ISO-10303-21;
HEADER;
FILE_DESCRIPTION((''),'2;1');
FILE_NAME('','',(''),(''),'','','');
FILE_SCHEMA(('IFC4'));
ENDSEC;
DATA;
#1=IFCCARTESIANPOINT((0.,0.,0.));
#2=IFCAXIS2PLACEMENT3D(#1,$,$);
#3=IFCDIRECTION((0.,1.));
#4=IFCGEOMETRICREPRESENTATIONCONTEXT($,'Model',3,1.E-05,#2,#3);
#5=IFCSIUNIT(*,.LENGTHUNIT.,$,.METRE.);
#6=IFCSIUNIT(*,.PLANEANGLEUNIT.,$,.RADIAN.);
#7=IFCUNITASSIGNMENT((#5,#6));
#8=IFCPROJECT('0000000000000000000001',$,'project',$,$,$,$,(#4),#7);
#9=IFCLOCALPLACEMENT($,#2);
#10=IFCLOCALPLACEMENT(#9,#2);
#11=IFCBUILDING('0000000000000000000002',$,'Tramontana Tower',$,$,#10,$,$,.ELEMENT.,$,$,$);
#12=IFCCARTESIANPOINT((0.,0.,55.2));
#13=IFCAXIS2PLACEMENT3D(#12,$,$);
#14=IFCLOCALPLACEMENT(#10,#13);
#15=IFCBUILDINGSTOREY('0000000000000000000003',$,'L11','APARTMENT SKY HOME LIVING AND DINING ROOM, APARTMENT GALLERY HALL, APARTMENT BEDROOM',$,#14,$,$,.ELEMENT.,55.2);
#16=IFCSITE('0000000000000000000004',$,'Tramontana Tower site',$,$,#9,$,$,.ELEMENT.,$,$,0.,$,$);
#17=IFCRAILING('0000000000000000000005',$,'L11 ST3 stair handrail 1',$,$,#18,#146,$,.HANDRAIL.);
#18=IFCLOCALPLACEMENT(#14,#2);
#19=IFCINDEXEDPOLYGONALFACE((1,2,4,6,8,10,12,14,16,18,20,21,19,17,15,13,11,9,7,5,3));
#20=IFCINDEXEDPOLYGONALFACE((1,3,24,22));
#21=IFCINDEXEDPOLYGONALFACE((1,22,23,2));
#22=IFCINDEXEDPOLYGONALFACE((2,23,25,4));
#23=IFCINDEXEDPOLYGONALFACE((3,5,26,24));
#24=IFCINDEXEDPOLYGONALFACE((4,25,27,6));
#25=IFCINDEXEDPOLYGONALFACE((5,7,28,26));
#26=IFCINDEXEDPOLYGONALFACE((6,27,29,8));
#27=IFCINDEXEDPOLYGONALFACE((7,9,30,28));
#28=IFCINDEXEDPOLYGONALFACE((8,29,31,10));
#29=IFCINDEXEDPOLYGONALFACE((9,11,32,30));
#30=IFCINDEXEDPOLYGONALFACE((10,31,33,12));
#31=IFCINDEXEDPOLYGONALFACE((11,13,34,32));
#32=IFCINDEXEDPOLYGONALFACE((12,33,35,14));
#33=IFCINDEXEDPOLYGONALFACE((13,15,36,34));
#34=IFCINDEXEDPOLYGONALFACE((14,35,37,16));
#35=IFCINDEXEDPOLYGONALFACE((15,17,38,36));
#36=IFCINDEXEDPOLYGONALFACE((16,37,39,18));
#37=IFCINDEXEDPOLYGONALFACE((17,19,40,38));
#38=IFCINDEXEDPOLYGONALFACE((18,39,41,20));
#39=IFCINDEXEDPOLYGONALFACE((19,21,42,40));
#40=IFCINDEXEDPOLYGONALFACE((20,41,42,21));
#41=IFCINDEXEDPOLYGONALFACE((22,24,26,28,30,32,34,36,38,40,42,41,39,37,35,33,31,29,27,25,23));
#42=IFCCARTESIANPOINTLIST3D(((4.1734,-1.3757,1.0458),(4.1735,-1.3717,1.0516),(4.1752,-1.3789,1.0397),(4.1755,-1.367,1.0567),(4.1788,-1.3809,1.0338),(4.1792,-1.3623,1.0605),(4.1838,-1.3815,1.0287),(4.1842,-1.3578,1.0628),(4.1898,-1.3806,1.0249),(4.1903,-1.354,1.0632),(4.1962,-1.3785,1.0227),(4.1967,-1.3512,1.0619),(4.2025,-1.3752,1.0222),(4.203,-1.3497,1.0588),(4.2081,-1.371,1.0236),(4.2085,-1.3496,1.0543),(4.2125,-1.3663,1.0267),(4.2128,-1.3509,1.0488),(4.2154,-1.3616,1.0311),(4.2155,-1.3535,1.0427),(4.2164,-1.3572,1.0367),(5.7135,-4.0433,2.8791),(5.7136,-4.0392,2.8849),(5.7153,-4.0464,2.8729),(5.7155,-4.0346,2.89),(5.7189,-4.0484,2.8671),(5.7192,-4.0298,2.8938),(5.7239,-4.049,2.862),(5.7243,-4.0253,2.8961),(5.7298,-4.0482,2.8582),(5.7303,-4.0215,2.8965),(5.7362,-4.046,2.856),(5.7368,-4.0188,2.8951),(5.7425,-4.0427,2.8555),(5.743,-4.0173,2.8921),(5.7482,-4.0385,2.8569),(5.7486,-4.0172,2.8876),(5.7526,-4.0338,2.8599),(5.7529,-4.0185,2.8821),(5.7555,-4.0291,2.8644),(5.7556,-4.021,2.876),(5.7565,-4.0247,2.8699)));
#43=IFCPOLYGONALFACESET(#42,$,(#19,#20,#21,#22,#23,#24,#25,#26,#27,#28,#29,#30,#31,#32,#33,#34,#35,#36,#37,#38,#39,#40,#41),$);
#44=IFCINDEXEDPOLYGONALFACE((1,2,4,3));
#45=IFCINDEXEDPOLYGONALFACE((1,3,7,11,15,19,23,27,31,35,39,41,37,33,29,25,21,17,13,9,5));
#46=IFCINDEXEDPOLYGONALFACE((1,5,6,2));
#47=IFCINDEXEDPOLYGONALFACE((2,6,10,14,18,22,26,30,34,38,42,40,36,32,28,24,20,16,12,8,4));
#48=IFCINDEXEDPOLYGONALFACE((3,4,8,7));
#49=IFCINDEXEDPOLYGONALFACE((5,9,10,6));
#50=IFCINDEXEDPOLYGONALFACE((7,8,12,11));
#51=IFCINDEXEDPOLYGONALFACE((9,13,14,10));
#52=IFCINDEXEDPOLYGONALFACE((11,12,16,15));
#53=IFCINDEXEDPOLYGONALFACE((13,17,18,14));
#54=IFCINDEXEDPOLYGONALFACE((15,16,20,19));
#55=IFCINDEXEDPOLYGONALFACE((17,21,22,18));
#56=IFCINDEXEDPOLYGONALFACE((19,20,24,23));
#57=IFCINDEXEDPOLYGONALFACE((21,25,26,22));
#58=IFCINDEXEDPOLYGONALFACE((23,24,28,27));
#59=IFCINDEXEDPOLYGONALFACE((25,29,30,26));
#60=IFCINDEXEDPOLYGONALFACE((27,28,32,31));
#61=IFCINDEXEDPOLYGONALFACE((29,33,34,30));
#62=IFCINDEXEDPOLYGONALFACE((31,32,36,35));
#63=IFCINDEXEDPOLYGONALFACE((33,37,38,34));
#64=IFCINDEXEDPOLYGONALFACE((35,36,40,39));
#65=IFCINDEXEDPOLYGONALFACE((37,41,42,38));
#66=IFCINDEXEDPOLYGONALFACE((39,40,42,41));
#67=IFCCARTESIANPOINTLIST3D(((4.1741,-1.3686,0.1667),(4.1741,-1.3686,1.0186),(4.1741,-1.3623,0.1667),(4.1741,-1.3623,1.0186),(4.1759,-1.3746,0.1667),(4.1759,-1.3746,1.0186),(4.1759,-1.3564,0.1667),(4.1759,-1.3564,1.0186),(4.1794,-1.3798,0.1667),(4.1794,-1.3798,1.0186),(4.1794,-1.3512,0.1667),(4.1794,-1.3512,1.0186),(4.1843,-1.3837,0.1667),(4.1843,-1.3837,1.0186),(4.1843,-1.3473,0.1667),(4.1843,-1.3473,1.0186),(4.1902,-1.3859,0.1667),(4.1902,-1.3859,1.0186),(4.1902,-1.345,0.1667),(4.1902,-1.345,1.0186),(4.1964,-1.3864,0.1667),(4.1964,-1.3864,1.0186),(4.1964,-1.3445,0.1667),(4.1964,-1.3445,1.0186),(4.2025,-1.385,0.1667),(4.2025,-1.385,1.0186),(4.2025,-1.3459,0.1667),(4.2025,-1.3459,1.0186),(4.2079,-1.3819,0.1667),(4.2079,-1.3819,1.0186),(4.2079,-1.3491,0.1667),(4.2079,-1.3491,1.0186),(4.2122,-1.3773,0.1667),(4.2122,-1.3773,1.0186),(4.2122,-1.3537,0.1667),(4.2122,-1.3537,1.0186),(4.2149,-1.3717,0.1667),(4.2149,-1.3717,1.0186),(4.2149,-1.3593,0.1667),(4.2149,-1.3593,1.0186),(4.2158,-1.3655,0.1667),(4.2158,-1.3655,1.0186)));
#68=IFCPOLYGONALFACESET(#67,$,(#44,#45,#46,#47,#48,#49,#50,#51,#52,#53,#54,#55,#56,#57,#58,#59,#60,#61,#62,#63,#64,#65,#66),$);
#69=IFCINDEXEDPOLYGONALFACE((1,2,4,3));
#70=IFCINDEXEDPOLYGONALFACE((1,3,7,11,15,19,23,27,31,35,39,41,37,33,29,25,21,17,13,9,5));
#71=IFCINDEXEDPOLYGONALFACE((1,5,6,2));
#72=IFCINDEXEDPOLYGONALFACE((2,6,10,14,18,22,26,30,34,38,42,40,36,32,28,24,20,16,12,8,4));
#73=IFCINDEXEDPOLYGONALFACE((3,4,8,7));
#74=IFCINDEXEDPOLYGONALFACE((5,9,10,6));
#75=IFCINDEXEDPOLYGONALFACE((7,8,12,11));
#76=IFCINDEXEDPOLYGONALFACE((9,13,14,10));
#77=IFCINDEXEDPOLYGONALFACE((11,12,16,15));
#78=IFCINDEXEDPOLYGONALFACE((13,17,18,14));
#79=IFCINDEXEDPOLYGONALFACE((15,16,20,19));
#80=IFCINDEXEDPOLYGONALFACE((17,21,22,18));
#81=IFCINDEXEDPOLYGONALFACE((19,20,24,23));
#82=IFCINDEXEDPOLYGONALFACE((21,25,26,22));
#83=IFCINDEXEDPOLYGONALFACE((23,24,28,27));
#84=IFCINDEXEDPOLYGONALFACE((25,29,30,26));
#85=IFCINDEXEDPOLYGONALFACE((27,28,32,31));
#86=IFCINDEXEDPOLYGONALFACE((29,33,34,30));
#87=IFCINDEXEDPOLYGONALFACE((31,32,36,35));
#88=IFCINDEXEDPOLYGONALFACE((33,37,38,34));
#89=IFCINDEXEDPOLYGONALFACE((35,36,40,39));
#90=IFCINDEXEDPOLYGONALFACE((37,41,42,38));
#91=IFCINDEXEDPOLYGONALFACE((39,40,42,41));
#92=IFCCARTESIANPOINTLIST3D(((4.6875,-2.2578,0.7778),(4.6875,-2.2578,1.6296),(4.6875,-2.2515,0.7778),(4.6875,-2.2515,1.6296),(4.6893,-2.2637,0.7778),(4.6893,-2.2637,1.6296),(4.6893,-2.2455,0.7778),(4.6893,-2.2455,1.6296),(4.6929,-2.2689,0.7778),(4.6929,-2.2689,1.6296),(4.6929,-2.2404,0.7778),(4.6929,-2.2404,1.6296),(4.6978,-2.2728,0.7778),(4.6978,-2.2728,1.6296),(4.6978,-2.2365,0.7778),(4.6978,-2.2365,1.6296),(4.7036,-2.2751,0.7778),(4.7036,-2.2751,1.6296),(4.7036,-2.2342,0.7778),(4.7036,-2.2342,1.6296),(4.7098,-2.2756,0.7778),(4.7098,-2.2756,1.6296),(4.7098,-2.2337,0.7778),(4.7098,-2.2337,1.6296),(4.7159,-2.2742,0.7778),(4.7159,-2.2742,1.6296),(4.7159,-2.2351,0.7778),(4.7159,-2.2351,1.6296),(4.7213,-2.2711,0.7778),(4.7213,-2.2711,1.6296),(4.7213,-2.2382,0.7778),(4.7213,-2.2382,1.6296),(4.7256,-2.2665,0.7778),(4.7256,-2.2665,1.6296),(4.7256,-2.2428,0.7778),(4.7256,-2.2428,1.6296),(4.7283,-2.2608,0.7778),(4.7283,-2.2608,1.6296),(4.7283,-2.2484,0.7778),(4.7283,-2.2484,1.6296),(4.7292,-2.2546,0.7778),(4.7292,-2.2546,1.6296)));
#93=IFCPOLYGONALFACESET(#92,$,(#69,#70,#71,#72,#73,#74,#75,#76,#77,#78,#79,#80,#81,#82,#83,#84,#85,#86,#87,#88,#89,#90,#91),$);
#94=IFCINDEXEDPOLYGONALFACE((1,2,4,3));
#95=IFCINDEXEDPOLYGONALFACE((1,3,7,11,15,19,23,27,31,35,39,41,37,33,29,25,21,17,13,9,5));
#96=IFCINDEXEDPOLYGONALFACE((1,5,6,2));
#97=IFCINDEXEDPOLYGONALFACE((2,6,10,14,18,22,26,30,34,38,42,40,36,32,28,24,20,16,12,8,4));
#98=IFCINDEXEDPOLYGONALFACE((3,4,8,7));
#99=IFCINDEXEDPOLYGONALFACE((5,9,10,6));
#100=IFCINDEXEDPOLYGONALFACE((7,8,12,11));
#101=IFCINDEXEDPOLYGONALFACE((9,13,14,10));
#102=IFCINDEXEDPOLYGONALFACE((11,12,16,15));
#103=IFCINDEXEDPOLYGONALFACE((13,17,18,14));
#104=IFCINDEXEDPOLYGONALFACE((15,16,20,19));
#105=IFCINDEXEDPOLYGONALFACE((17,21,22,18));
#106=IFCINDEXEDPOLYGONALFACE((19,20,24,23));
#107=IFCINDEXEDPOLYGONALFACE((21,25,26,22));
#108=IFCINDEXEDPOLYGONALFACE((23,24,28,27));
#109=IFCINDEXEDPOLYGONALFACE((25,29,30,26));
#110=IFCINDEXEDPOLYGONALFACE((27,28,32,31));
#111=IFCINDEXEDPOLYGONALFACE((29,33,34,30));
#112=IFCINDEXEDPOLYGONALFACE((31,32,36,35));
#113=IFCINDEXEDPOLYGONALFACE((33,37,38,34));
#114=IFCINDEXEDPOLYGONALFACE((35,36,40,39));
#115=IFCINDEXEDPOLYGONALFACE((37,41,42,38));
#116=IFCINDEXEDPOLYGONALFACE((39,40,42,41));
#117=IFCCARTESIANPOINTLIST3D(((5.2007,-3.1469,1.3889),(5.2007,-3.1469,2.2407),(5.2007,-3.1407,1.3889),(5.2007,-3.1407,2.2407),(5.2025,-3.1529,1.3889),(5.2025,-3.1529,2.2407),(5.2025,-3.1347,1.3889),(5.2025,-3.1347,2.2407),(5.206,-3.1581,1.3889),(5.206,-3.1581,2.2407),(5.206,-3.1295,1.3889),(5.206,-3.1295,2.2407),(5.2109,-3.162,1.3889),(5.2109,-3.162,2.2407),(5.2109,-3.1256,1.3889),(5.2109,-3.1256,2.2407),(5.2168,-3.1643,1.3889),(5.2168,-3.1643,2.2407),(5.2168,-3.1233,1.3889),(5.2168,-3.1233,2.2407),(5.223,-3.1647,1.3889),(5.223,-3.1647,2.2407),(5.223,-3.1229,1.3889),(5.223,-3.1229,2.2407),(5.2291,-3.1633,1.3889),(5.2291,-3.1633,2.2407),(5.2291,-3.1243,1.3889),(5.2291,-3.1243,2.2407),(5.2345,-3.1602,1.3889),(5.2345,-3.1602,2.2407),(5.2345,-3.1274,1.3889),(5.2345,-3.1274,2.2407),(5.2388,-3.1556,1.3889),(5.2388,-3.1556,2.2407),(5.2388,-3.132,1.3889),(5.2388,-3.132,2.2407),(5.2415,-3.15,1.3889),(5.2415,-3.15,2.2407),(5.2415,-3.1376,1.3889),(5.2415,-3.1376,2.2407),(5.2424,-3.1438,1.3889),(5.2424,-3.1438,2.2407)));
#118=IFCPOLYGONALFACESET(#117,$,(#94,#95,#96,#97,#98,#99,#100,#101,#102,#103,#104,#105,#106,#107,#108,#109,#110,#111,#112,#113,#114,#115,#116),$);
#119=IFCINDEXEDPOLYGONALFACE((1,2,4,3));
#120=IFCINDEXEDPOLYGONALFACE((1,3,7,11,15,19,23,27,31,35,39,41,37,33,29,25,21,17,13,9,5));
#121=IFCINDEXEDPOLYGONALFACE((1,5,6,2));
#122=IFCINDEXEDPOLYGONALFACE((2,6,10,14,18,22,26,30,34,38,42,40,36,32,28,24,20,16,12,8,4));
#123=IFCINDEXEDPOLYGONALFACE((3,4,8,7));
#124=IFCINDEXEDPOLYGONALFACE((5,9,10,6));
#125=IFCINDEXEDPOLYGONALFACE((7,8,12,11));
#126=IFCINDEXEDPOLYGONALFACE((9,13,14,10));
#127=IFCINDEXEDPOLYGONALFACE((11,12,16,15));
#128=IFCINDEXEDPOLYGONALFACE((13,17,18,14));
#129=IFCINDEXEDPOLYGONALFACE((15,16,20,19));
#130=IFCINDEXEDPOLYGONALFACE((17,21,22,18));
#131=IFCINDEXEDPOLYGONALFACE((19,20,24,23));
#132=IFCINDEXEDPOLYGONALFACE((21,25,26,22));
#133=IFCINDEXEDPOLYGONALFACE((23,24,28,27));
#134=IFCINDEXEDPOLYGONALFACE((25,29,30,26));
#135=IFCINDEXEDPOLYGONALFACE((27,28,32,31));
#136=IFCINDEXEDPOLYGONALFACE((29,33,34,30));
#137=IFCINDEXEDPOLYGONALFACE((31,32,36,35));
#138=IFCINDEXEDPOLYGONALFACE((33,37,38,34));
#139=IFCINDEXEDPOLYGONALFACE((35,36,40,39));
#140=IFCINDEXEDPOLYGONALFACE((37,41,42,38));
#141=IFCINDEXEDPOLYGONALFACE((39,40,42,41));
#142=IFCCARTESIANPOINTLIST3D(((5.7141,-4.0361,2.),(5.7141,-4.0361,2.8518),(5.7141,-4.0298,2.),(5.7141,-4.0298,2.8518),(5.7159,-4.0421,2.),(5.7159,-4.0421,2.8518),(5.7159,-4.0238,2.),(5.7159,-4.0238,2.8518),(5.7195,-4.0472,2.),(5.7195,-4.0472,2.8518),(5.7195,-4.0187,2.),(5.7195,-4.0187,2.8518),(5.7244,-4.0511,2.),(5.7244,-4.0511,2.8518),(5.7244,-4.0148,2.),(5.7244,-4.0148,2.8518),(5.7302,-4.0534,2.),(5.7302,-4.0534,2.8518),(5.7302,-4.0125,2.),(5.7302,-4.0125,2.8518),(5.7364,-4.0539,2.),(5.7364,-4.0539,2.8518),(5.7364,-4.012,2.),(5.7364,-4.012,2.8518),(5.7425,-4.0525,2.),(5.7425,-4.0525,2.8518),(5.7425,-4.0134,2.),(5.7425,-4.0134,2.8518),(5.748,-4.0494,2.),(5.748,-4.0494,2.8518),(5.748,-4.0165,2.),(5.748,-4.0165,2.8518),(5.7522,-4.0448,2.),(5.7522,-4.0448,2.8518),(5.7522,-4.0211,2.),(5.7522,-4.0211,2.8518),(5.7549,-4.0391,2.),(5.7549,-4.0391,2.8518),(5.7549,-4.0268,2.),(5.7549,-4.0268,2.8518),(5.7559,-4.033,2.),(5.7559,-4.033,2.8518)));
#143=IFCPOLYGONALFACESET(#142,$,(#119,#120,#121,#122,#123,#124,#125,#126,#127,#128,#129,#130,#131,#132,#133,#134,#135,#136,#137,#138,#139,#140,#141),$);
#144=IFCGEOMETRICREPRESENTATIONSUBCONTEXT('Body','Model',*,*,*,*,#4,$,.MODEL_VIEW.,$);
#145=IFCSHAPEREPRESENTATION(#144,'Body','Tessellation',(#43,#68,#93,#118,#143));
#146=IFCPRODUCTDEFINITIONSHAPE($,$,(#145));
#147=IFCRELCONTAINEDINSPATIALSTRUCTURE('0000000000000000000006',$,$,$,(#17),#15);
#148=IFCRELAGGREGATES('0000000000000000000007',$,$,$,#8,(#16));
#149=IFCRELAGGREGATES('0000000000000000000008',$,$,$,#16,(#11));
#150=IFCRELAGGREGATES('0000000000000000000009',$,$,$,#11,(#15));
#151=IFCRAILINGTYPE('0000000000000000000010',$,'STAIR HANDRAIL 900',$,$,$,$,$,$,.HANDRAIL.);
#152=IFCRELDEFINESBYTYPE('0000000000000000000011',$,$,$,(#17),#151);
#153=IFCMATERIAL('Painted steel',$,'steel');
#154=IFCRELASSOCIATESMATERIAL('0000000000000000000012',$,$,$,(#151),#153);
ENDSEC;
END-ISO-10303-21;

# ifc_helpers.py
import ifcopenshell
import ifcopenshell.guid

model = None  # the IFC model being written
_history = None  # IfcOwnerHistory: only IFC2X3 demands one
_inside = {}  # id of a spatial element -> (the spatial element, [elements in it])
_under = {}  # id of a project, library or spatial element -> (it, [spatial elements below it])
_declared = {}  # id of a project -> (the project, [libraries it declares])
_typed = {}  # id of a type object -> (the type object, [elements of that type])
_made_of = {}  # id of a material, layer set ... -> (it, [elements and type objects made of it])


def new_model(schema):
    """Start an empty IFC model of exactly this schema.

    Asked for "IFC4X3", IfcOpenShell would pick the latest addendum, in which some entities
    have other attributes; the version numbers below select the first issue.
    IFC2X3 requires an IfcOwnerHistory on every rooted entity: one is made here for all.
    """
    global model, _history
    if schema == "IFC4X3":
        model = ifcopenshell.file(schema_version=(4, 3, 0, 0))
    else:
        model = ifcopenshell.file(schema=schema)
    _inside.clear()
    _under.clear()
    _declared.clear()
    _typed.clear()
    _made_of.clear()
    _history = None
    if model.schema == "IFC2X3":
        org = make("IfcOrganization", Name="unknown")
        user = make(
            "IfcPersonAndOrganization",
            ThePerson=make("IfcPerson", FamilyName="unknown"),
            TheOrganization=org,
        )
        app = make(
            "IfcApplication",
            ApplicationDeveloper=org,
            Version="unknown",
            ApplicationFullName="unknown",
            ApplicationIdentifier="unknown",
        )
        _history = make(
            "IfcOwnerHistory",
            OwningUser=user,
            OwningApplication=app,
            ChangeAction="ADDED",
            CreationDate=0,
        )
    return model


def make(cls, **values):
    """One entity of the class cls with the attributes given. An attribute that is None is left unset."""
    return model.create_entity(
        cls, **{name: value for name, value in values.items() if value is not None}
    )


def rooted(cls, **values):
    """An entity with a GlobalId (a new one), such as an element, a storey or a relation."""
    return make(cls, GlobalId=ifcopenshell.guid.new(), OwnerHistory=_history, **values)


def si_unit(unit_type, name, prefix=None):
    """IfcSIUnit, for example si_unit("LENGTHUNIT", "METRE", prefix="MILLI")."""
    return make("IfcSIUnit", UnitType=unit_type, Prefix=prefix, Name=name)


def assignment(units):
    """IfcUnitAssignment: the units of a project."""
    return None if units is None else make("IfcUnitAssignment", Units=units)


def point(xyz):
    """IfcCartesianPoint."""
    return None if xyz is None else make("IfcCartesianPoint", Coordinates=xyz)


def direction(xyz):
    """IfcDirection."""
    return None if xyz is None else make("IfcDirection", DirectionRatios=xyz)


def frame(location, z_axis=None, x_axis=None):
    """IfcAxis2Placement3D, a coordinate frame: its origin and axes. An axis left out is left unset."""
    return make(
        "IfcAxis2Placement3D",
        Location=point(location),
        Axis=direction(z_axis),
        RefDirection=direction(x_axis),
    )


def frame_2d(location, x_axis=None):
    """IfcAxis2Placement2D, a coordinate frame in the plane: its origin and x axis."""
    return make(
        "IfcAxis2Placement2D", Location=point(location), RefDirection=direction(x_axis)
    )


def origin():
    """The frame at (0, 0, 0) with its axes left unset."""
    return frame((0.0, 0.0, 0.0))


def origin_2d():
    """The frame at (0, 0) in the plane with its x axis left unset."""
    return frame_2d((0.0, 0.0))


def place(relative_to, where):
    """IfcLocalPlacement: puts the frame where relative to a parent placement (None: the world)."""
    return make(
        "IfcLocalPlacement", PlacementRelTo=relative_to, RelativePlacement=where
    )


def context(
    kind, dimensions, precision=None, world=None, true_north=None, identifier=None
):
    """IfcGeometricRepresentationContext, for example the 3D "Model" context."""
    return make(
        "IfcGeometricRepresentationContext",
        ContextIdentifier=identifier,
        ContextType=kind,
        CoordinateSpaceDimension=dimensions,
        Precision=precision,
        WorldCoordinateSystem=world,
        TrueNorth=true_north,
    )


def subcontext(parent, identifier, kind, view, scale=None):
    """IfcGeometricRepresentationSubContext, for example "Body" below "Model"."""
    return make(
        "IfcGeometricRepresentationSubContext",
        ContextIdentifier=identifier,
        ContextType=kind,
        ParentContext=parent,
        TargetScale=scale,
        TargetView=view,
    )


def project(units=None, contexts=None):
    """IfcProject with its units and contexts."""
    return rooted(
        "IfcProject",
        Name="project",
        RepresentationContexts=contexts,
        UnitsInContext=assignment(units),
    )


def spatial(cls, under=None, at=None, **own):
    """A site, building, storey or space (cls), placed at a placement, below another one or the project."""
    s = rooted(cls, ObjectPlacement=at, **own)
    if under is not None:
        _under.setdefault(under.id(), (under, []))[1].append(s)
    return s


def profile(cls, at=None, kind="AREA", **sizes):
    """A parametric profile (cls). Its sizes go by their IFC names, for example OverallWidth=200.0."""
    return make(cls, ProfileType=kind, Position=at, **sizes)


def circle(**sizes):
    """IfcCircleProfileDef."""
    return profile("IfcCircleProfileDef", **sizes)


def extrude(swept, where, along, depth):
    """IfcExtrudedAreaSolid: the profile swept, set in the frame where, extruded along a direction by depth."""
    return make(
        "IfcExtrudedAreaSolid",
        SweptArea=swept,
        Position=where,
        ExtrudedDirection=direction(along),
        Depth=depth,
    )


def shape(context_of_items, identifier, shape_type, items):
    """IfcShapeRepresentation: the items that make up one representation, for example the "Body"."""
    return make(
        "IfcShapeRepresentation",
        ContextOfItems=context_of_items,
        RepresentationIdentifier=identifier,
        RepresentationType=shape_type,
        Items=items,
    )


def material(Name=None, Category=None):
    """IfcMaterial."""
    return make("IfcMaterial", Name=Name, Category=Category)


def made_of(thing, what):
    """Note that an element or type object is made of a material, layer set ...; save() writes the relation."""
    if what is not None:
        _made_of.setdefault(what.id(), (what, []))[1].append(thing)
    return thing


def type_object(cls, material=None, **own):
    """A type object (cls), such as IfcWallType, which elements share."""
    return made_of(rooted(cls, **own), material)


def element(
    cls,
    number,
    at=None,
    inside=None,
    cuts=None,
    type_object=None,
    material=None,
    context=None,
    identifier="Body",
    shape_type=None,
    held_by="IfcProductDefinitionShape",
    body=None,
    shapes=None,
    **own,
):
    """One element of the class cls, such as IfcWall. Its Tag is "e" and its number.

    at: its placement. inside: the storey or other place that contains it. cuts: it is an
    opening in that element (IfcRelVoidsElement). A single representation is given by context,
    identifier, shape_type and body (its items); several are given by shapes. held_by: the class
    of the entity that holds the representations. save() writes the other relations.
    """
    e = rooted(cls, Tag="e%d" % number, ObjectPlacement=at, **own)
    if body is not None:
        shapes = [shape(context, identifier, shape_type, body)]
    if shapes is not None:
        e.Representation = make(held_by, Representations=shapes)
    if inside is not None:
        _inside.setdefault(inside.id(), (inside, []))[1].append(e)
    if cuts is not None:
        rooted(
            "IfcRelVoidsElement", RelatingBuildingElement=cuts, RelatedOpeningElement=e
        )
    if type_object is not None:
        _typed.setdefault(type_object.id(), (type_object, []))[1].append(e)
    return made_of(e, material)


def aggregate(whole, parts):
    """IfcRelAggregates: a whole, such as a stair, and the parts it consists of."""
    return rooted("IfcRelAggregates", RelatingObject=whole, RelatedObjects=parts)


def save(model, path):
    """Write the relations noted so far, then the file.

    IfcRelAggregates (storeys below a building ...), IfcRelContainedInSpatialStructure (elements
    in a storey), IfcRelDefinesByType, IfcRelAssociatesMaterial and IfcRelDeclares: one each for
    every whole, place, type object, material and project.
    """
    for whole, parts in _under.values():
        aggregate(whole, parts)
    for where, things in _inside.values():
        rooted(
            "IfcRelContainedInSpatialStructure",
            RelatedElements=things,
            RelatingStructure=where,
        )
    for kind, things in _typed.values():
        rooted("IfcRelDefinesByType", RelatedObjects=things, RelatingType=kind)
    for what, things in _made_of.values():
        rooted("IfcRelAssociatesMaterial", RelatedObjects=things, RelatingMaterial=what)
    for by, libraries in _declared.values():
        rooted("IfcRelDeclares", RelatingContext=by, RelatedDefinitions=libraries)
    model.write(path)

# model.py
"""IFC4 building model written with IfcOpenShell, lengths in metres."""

from ifc_helpers import new_model, si_unit, direction, frame, origin, origin_2d, place, context, subcontext, project, spatial, circle, extrude, material, type_object, element, save


model = new_model("IFC4")

# Units and contexts
model_context = context("Model", 3, precision=1e-05, world=origin(), true_north=direction((0.0, 1.0)))
body_context = subcontext(model_context, "Body", "Model", "MODEL_VIEW")
ifc_project = project(units=[si_unit("LENGTHUNIT", "METRE"), si_unit("PLANEANGLEUNIT", "RADIAN")], contexts=[model_context])

# Site, building, storey
site_placement = place(None, origin())
site = spatial("IfcSite", under=ifc_project, at=site_placement, Name="Tramontana Tower site", CompositionType="ELEMENT", RefElevation=0.0)
building_placement = place(site_placement, origin())
building = spatial("IfcBuilding", under=site, at=building_placement, Name="Tramontana Tower", CompositionType="ELEMENT")
storey_placement = place(building_placement, frame((0.0, 0.0, 55.2)))
storey = spatial("IfcBuildingStorey", under=building, at=storey_placement, Name="L11", Description="APARTMENT SKY HOME LIVING AND DINING ROOM, APARTMENT GALLERY HALL, APARTMENT BEDROOM", CompositionType="ELEMENT", Elevation=55.2)

# Railing
ifc_material_1 = material(Name="Painted steel", Category="steel")
railing_type_1 = type_object("IfcRailingType", Name="STAIR HANDRAIL 900", PredefinedType="HANDRAIL", material=ifc_material_1)
railing_1_placement = place(storey_placement, frame((4.1948, -1.3655, 0.1667)))
element("IfcRailing", 1, at=railing_1_placement, inside=storey, type_object=railing_type_1, Name="L11 ST3 stair handrail 1", PredefinedType="HANDRAIL", context=body_context, shape_type="SweptSolid", body=[
    extrude(circle(Radius=0.0239, at=origin_2d()), frame((0.0, 0.0, 0.876), z_axis=(0.429649, -0.74419, 0.511452), x_axis=(0.86603, 0.499992, 0.0)), (0.0, 0.0, 1.0), 3.5845),
    extrude(circle(Radius=0.021, at=origin_2d()), origin(), (0.0, 0.0, 1.0), 0.8518),
    extrude(circle(Radius=0.021, at=origin_2d()), frame((0.5134, -0.8892, 0.6111)), (0.0, 0.0, 1.0), 0.8518),
    extrude(circle(Radius=0.021, at=origin_2d()), frame((1.0266, -1.7783, 1.2222)), (0.0, 0.0, 1.0), 0.8518),
    extrude(circle(Radius=0.021, at=origin_2d()), frame((1.54, -2.6675, 1.8333)), (0.0, 0.0, 1.0), 0.8518),
])

save(model, "model.ifc")
